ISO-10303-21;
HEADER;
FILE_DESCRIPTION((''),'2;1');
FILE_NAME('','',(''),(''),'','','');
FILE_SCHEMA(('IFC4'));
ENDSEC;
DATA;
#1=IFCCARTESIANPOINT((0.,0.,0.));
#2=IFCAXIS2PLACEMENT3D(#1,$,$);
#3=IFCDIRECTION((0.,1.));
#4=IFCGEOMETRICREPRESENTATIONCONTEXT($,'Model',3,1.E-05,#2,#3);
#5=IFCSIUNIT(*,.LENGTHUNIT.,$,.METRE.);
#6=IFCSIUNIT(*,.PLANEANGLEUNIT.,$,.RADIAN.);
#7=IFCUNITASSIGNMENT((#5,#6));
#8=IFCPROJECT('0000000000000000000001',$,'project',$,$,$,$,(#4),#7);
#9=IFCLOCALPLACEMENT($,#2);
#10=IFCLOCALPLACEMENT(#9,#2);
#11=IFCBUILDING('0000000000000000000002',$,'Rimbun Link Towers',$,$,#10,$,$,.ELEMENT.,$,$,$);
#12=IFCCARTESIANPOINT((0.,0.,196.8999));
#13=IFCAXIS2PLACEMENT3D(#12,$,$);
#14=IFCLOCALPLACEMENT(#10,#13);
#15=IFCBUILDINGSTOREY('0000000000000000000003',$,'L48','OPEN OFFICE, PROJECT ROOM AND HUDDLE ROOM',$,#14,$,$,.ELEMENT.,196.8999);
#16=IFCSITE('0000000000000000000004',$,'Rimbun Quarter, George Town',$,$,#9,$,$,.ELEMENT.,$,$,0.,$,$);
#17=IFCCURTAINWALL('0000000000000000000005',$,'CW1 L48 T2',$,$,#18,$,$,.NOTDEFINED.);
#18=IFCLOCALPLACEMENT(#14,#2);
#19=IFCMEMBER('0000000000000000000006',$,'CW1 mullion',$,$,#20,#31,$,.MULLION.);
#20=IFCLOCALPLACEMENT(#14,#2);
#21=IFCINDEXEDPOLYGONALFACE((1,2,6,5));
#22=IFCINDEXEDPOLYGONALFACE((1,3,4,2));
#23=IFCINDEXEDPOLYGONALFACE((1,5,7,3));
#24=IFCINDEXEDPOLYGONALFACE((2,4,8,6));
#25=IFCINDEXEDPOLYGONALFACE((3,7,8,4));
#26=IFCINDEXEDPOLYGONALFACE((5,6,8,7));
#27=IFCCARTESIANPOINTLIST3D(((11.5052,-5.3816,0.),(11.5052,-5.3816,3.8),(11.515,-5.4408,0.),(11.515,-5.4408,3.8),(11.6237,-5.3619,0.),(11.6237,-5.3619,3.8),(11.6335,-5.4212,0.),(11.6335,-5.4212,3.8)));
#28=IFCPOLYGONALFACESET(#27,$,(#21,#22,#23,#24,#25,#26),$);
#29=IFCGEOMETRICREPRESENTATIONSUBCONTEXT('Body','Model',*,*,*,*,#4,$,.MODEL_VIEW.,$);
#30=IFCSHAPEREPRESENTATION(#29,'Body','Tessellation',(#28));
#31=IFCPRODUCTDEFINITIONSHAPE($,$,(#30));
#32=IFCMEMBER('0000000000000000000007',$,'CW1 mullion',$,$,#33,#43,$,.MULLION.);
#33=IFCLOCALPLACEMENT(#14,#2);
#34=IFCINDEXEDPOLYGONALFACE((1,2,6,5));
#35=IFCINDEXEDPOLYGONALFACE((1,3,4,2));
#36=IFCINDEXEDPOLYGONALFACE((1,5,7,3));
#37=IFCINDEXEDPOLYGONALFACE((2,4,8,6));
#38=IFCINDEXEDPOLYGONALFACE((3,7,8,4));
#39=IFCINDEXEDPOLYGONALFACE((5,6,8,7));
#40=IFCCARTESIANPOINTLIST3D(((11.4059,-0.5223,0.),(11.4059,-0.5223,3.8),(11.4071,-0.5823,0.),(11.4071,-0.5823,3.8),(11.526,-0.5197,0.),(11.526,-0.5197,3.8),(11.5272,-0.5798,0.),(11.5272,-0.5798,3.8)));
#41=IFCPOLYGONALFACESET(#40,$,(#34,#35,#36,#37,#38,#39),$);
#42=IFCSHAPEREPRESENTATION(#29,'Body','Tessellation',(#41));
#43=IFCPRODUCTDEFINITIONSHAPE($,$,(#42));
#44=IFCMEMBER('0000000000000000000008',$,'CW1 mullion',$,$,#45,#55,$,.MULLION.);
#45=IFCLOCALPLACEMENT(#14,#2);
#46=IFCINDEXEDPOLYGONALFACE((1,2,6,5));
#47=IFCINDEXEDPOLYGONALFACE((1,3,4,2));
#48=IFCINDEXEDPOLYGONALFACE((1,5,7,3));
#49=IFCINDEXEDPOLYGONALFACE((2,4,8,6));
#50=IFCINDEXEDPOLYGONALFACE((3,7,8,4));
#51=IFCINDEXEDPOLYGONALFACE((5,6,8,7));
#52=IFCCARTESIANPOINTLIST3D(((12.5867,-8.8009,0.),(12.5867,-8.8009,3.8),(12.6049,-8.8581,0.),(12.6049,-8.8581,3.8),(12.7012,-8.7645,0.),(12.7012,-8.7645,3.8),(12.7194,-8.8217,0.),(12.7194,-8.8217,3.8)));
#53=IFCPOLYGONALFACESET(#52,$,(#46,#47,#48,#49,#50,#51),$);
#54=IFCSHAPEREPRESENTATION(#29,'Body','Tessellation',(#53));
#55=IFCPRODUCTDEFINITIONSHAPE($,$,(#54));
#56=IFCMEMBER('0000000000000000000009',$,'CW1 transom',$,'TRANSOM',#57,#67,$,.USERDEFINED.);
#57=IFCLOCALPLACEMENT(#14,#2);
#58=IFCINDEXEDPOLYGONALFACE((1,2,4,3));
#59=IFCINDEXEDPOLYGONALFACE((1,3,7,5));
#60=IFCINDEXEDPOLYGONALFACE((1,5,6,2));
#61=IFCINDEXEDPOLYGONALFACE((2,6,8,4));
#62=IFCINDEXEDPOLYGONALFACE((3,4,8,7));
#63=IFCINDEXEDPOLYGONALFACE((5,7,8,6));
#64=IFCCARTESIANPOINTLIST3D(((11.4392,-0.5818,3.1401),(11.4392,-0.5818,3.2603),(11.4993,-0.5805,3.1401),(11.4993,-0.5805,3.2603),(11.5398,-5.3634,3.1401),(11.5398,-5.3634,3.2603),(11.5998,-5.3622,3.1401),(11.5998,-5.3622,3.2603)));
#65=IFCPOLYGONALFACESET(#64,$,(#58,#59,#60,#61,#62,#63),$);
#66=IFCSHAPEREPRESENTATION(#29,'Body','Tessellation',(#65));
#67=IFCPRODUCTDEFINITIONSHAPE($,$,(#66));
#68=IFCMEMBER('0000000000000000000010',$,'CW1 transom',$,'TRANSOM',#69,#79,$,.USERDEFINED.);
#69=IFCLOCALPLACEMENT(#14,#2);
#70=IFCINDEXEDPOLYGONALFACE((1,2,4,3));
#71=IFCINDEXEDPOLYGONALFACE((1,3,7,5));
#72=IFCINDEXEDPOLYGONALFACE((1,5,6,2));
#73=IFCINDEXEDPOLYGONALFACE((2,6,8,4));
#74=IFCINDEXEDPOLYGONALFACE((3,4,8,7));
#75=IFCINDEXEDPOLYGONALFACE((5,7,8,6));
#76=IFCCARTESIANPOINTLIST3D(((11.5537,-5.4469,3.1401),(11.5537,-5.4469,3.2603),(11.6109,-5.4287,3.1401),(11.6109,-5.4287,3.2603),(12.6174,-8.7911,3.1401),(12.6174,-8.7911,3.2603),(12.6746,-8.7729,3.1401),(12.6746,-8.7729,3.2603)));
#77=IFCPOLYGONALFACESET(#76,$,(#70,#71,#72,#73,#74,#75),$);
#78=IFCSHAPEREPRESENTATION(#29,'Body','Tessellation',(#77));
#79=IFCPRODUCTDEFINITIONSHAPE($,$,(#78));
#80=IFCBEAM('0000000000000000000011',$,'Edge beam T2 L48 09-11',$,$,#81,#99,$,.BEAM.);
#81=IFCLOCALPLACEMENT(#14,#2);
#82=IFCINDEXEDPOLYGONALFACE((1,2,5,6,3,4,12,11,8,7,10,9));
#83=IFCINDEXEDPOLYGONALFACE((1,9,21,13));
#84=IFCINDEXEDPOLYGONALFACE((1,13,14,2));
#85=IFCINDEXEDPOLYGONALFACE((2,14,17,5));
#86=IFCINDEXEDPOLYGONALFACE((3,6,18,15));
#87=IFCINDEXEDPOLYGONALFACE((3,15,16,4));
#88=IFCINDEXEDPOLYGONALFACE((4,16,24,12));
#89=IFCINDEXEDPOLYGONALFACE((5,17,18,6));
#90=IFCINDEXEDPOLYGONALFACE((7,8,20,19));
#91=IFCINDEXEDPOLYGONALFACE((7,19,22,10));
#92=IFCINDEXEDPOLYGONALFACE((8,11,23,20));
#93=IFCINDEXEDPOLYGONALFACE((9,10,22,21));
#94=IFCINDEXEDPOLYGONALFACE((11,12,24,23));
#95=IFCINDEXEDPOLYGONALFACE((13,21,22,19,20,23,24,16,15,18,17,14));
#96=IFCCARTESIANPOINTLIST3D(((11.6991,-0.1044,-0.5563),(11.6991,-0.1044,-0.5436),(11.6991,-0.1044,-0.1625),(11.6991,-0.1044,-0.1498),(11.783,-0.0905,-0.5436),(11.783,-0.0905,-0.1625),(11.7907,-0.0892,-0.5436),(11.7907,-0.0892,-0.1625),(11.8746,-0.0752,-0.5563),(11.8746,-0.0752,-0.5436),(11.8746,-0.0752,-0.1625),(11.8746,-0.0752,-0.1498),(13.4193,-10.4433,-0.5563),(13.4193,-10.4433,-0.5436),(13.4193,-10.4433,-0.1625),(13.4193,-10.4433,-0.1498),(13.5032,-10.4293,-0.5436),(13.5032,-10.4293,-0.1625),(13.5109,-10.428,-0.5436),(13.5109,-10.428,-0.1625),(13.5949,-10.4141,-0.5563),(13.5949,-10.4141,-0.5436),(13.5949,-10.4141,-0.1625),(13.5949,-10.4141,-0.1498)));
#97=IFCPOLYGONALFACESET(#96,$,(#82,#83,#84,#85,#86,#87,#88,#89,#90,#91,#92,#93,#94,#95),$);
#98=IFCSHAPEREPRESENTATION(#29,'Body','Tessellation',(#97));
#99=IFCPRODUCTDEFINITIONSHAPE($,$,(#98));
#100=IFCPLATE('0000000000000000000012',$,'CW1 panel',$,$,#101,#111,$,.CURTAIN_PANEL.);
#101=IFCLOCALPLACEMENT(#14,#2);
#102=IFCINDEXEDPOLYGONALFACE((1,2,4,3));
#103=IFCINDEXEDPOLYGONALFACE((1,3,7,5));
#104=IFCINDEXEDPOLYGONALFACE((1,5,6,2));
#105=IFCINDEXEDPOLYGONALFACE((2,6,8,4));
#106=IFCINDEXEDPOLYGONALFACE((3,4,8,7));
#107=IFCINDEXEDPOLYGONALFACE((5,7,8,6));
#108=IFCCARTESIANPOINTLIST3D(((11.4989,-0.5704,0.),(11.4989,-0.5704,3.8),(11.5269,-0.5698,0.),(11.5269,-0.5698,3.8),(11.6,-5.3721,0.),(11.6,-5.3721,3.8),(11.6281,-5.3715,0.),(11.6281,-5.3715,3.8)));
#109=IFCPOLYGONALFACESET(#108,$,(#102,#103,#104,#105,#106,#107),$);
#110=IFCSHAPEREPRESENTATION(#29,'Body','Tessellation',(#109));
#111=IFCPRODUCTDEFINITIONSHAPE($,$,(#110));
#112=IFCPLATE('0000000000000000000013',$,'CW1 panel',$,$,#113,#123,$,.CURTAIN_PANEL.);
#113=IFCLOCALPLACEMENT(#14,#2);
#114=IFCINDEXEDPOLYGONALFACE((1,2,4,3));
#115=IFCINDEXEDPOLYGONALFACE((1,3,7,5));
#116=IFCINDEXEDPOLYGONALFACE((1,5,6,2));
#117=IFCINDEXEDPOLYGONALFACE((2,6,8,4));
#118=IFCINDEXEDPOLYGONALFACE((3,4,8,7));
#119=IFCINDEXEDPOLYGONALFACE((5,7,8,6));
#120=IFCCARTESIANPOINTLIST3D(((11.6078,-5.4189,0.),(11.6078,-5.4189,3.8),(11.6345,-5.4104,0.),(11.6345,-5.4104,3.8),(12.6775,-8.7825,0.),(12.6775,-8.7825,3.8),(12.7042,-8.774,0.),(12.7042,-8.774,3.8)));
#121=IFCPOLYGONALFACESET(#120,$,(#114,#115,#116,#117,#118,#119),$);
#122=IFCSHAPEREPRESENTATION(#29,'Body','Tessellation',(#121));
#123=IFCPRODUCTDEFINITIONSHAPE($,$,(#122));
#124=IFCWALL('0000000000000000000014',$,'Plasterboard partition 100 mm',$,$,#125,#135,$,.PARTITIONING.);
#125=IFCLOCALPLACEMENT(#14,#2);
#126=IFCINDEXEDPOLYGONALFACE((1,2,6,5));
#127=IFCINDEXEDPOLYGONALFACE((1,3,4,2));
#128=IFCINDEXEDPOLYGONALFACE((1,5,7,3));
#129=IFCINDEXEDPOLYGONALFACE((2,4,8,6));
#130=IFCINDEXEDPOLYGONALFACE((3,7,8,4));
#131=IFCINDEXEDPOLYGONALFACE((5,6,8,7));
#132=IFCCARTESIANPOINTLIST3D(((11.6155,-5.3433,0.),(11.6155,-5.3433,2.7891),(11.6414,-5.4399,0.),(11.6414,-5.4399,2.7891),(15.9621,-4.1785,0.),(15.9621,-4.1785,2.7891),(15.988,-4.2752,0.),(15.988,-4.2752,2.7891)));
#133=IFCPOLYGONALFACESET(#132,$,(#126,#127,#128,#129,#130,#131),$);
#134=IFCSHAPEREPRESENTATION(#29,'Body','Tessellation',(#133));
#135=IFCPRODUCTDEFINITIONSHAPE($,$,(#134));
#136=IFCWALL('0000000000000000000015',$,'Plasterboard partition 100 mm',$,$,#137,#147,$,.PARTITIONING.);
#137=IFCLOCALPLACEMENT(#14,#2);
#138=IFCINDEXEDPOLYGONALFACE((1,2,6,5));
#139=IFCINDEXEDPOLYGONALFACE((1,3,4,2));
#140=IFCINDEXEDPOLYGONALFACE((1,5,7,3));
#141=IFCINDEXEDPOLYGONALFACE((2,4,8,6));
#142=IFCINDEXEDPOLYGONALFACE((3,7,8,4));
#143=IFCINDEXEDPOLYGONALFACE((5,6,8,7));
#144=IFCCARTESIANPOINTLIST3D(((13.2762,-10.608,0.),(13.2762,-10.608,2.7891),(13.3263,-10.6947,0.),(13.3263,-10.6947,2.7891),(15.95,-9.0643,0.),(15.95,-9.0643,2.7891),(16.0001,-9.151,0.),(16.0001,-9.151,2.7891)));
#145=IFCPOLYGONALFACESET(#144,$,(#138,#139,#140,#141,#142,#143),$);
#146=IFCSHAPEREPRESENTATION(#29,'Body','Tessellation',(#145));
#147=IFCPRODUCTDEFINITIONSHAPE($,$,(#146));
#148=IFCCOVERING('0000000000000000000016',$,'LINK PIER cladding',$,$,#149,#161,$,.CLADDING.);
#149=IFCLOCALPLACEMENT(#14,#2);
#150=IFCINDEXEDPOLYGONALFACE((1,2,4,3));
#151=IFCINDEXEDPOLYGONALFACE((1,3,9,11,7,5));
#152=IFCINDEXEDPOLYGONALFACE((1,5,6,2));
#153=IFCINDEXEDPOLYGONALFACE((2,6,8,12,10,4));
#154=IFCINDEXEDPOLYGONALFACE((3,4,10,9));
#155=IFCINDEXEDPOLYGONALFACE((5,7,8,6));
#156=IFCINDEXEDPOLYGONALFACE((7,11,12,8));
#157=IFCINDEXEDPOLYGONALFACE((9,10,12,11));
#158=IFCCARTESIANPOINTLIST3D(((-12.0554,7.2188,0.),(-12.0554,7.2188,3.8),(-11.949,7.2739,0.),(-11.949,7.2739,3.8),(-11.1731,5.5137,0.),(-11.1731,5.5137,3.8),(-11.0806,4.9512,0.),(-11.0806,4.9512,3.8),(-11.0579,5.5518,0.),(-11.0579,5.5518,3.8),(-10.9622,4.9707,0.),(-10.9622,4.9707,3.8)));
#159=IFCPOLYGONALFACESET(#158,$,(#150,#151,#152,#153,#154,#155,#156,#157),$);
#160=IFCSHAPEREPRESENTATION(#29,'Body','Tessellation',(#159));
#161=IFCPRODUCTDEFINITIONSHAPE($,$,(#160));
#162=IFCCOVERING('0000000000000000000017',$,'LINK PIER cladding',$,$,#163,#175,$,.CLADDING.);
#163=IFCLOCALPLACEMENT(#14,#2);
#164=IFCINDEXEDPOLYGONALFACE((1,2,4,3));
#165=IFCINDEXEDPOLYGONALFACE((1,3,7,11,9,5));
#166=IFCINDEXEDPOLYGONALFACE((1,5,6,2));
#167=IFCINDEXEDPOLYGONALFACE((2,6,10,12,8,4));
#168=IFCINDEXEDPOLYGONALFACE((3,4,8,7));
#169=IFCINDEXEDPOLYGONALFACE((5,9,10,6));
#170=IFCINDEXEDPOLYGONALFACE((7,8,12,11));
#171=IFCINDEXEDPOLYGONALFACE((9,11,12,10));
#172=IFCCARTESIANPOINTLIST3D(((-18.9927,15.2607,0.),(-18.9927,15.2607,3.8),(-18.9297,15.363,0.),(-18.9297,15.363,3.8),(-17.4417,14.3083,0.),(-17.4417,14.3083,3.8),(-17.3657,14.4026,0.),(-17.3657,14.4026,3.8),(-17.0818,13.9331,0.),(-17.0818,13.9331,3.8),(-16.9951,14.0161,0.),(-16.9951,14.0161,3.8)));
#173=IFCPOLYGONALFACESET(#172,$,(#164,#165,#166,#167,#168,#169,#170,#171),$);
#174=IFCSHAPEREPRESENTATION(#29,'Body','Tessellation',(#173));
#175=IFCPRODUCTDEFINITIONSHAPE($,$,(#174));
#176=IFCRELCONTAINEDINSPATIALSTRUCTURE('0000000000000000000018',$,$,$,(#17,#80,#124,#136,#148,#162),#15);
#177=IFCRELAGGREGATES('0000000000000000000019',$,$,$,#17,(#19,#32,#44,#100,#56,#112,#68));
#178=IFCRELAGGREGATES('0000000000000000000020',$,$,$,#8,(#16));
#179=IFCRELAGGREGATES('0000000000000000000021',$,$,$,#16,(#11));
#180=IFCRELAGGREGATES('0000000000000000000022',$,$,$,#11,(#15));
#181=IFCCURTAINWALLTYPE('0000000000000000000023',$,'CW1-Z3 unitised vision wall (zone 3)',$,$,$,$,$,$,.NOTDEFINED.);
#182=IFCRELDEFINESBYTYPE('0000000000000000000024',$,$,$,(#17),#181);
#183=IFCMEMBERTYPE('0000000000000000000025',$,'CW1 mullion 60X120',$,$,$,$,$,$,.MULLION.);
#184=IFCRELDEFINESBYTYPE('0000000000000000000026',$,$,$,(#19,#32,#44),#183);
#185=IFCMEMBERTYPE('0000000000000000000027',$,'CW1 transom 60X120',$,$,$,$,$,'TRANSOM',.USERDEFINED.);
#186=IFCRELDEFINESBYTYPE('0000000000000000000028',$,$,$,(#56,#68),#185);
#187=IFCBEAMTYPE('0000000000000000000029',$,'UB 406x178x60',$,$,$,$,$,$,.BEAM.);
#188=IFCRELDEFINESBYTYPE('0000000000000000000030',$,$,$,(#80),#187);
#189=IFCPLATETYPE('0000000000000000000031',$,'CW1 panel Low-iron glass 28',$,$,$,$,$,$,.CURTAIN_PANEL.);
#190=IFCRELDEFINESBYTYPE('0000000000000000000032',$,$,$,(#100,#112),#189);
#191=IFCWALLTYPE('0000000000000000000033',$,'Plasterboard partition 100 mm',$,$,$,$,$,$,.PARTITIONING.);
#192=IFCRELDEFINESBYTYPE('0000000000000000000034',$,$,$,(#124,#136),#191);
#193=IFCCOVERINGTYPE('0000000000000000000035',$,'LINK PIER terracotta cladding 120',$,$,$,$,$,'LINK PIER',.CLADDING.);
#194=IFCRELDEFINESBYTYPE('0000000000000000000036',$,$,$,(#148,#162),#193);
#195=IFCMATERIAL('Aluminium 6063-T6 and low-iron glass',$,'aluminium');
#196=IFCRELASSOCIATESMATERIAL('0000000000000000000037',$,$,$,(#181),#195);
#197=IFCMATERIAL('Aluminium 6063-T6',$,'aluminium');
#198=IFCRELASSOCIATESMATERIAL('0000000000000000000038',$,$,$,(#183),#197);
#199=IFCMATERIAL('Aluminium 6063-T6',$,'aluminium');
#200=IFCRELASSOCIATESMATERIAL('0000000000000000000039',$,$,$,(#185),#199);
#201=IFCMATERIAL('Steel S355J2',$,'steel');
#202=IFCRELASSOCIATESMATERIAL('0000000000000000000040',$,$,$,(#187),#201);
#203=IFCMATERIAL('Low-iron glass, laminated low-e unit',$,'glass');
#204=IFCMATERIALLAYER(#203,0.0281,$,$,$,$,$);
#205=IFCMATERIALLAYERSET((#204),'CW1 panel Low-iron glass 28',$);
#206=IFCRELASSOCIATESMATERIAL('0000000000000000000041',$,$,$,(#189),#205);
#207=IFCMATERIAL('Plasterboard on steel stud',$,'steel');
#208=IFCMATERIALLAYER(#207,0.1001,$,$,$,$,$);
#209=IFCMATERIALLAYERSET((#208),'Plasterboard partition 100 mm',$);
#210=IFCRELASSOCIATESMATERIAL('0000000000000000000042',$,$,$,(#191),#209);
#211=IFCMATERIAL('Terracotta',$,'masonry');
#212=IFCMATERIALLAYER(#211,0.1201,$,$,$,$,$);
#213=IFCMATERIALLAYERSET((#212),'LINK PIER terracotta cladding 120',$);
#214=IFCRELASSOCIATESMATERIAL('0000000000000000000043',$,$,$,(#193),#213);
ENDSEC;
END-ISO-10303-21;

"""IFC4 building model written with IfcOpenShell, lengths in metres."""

from ifc_helpers import new_model, si_unit, direction, frame, frame_2d, origin, origin_2d, place, context, subcontext, project, spatial, polyline, rectangle, i_section, outline, extrude, material, layer, layer_set, material_profile, profile_set, type_object, element, aggregate, save


model = new_model("IFC4")

# Units and contexts
model_context = context("Model", 3, precision=1e-05, world=origin(), true_north=direction((0.0, 1.0)))
body_context = subcontext(model_context, "Body", "Model", "MODEL_VIEW")
ifc_project = project(units=[si_unit("LENGTHUNIT", "METRE"), si_unit("PLANEANGLEUNIT", "RADIAN")], contexts=[model_context])

# Site, building, storey
site_placement = place(None, origin())
site = spatial("IfcSite", under=ifc_project, at=site_placement, Name="Rimbun Quarter, George Town", CompositionType="ELEMENT", RefElevation=0.0)
building_placement = place(site_placement, origin())
building = spatial("IfcBuilding", under=site, at=building_placement, Name="Rimbun Link Towers", CompositionType="ELEMENT")
storey_placement = place(building_placement, frame((0.0, 0.0, 196.8999)))
storey = spatial("IfcBuildingStorey", under=building, at=storey_placement, Name="L48", Description="OPEN OFFICE, PROJECT ROOM AND HUDDLE ROOM", CompositionType="ELEMENT", Elevation=196.8999)

# Curtain wall, members
ifc_material_1 = material(Name="Aluminium 6063-T6 and low-iron glass", Category="aluminium")
curtain_wall_type = type_object("IfcCurtainWallType", Name="CW1-Z3 unitised vision wall (zone 3)", PredefinedType="NOTDEFINED", material=ifc_material_1)
curtain_wall_placement = place(storey_placement, origin())
curtain_wall = element("IfcCurtainWall", 1, at=curtain_wall_placement, inside=storey, type_object=curtain_wall_type, Name="CW1 L48 T2", PredefinedType="NOTDEFINED")
ifc_material_2 = material(Name="Aluminium 6063-T6", Category="aluminium")
ifc_material_profile_1 = material_profile(ifc_material_2, rectangle(XDim=0.1201, YDim=0.0601, at=origin_2d()), Name="MULLION 60X120")
ifc_profile_set_1 = profile_set([ifc_material_profile_1], Name="Aluminium 6063-T6")
member_type_1 = type_object("IfcMemberType", Name="CW1 mullion 60X120", PredefinedType="MULLION", material=ifc_profile_set_1)
member_1_placement = place(storey_placement, frame((11.5693, -5.4014, 0.0), z_axis=(0.0, 0.0, 1.0), x_axis=(-0.986502, -0.16375, 0.0)))
member_1 = element("IfcMember", 2, at=member_1_placement, type_object=member_type_1, Name="CW1 mullion", PredefinedType="MULLION", context=body_context, shape_type="SweptSolid", body=[
    extrude(rectangle(XDim=0.1201, YDim=0.0601, at=origin_2d()), origin(), (0.0, 0.0, 1.0), 3.8),
])
member_2_placement = place(storey_placement, frame((11.4666, -0.551, 0.0), z_axis=(0.0, 0.0, 1.0), x_axis=(-0.999778, -0.021066, 0.0)))
member_2 = element("IfcMember", 3, at=member_2_placement, type_object=member_type_1, Name="CW1 mullion", PredefinedType="MULLION", context=body_context, shape_type="SweptSolid", body=[
    extrude(rectangle(XDim=0.1201, YDim=0.0601, at=origin_2d()), origin(), (0.0, 0.0, 1.0), 3.8),
])
member_3_placement = place(storey_placement, frame((12.6531, -8.8113, 0.0), z_axis=(0.0, 0.0, 1.0), x_axis=(-0.952968, -0.303071, 0.0)))
member_3 = element("IfcMember", 4, at=member_3_placement, type_object=member_type_1, Name="CW1 mullion", PredefinedType="MULLION", context=body_context, shape_type="SweptSolid", body=[
    extrude(rectangle(XDim=0.1201, YDim=0.0601, at=origin_2d()), origin(), (0.0, 0.0, 1.0), 3.8),
])
ifc_material_3 = material(Name="Aluminium 6063-T6", Category="aluminium")
ifc_material_profile_2 = material_profile(ifc_material_3, rectangle(XDim=0.0601, YDim=0.1201, at=origin_2d()), Name="TRANSOM 60X120")
ifc_profile_set_2 = profile_set([ifc_material_profile_2], Name="Aluminium 6063-T6")
member_type_2 = type_object("IfcMemberType", Name="CW1 transom 60X120", ElementType="TRANSOM", PredefinedType="USERDEFINED", material=ifc_profile_set_2)
member_4_placement = place(storey_placement, frame((11.5698, -5.3628, 3.2002), z_axis=(-0.021031, 0.999779, 0.0), x_axis=(-0.999779, -0.021031, 0.0)))
member_4 = element("IfcMember", 5, at=member_4_placement, type_object=member_type_2, Name="CW1 transom", ObjectType="TRANSOM", PredefinedType="USERDEFINED", context=body_context, shape_type="SweptSolid", body=[
    extrude(rectangle(XDim=0.0601, YDim=0.1201, at=origin_2d()), origin(), (0.0, 0.0, 1.0), 4.7827),
])
member_5_placement = place(storey_placement, frame((12.646, -8.782, 3.2002), z_axis=(-0.303112, 0.952955, 0.0), x_axis=(-0.952955, -0.303112, 0.0)))
member_5 = element("IfcMember", 6, at=member_5_placement, type_object=member_type_2, Name="CW1 transom", ObjectType="TRANSOM", PredefinedType="USERDEFINED", context=body_context, shape_type="SweptSolid", body=[
    extrude(rectangle(XDim=0.0601, YDim=0.1201, at=origin_2d()), origin(), (0.0, 0.0, 1.0), 3.5093),
])

# Beam
ifc_material_4 = material(Name="Steel S355J2", Category="steel")
ifc_material_profile_3 = material_profile(ifc_material_4, i_section(OverallWidth=0.178, OverallDepth=0.4065, WebThickness=0.0078, FlangeThickness=0.0127, at=origin_2d()), Name="UB 406x178x60")
ifc_profile_set_3 = profile_set([ifc_material_profile_3], Name="Steel S355J2")
beam_type = type_object("IfcBeamType", Name="UB 406x178x60", PredefinedType="BEAM", material=ifc_profile_set_3)
beam_placement = place(storey_placement, frame((11.7869, -0.0898, -0.353), z_axis=(0.164127, -0.986439, 0.0), x_axis=(0.986439, 0.164127, 0.0)))
element("IfcBeam", 7, at=beam_placement, inside=storey, type_object=beam_type, Name="Edge beam T2 L48 09-11", PredefinedType="BEAM", context=body_context, shape_type="SweptSolid", body=[
    extrude(i_section(OverallWidth=0.178, OverallDepth=0.4065, WebThickness=0.0078, FlangeThickness=0.0127, at=origin_2d()), origin(), (0.0, 0.0, 1.0), 10.481),
])

# Plates
ifc_material_5 = material(Name="Low-iron glass, laminated low-e unit", Category="glass")
ifc_layer_1 = layer(ifc_material_5, 0.0281)
ifc_layer_set_1 = layer_set([ifc_layer_1], Name="CW1 panel Low-iron glass 28")
plate_type = type_object("IfcPlateType", Name="CW1 panel Low-iron glass 28", PredefinedType="CURTAIN_PANEL", material=ifc_layer_set_1)
plate_1_placement = place(storey_placement, frame((11.5635, -2.9709, 0.0), z_axis=(0.0, 0.0, 1.0), x_axis=(-0.021066, 0.999778, 0.0)))
plate_1 = element("IfcPlate", 8, at=plate_1_placement, type_object=plate_type, Name="CW1 panel", PredefinedType="CURTAIN_PANEL", context=body_context, shape_type="SweptSolid", body=[
    extrude(rectangle(XDim=4.8027, YDim=0.0281, at=origin_2d()), origin(), (0.0, 0.0, 1.0), 3.8),
])
plate_2_placement = place(storey_placement, frame((12.156, -7.0964, 0.0), z_axis=(0.0, 0.0, 1.0), x_axis=(-0.303071, 0.952968, 0.0)))
plate_2 = element("IfcPlate", 9, at=plate_2_placement, type_object=plate_type, Name="CW1 panel", PredefinedType="CURTAIN_PANEL", context=body_context, shape_type="SweptSolid", body=[
    extrude(rectangle(XDim=3.5295, YDim=0.0281, at=origin_2d()), origin(), (0.0, 0.0, 1.0), 3.8),
])
aggregate(curtain_wall, [member_1, member_2, member_3, plate_1, member_4, plate_2, member_5])

# Walls
ifc_material_6 = material(Name="Plasterboard on steel stud", Category="steel")
ifc_layer_2 = layer(ifc_material_6, 0.1001)
ifc_layer_set_2 = layer_set([ifc_layer_2], Name="Plasterboard partition 100 mm")
wall_type = type_object("IfcWallType", Name="Plasterboard partition 100 mm", PredefinedType="PARTITIONING", material=ifc_layer_set_2)
wall_1_placement = place(storey_placement, frame((11.6284, -5.3916, 0.0), z_axis=(0.0, 0.0, 1.0), x_axis=(0.96592, 0.258841, 0.0)))
element("IfcWall", 10, at=wall_1_placement, inside=storey, type_object=wall_type, Name="Plasterboard partition 100 mm", PredefinedType="PARTITIONING", context=body_context, shape_type="SweptSolid", body=[
    extrude(rectangle(XDim=4.5, YDim=0.1001, at=frame_2d((2.25, 0.0))), origin(), (0.0, 0.0, 1.0), 2.7891),
])
wall_2_placement = place(storey_placement, frame((13.3013, -10.6514, 0.0), z_axis=(0.0, 0.0, 1.0), x_axis=(0.86603, 0.499992, 0.0)))
element("IfcWall", 11, at=wall_2_placement, inside=storey, type_object=wall_type, Name="Plasterboard partition 100 mm", PredefinedType="PARTITIONING", context=body_context, shape_type="SweptSolid", body=[
    extrude(rectangle(XDim=3.0874, YDim=0.1001, at=frame_2d((1.5437, 0.0))), origin(), (0.0, 0.0, 1.0), 2.7891),
])

# Coverings
ifc_material_7 = material(Name="Terracotta", Category="masonry")
ifc_layer_3 = layer(ifc_material_7, 0.1201)
ifc_layer_set_3 = layer_set([ifc_layer_3], Name="LINK PIER terracotta cladding 120")
covering_type_1 = type_object("IfcCoveringType", Name="LINK PIER terracotta cladding 120", ElementType="LINK PIER", PredefinedType="CLADDING", material=ifc_layer_set_3)
covering_1_placement = place(storey_placement, origin())
element("IfcCovering", 12, at=covering_1_placement, inside=storey, type_object=covering_type_1, Name="LINK PIER cladding", PredefinedType="CLADDING", context=body_context, shape_type="SweptSolid", body=[
    extrude(outline(polyline([(-12.0554, 7.2188), (-11.1731, 5.5137), (-11.0806, 4.9512), (-10.9622, 4.9707), (-11.0579, 5.5518), (-11.949, 7.2739), (-12.0554, 7.2188)])), origin(), (0.0, 0.0, 1.0), 3.8),
])
covering_2_placement = place(storey_placement, origin())
element("IfcCovering", 13, at=covering_2_placement, inside=storey, type_object=covering_type_1, Name="LINK PIER cladding", PredefinedType="CLADDING", context=body_context, shape_type="SweptSolid", body=[
    extrude(outline(polyline([(-18.9927, 15.2607), (-17.4417, 14.3083), (-17.0818, 13.9331), (-16.9951, 14.0161), (-17.3657, 14.4026), (-18.9297, 15.363), (-18.9927, 15.2607)])), origin(), (0.0, 0.0, 1.0), 3.8),
])

save(model, "model.ifc")
